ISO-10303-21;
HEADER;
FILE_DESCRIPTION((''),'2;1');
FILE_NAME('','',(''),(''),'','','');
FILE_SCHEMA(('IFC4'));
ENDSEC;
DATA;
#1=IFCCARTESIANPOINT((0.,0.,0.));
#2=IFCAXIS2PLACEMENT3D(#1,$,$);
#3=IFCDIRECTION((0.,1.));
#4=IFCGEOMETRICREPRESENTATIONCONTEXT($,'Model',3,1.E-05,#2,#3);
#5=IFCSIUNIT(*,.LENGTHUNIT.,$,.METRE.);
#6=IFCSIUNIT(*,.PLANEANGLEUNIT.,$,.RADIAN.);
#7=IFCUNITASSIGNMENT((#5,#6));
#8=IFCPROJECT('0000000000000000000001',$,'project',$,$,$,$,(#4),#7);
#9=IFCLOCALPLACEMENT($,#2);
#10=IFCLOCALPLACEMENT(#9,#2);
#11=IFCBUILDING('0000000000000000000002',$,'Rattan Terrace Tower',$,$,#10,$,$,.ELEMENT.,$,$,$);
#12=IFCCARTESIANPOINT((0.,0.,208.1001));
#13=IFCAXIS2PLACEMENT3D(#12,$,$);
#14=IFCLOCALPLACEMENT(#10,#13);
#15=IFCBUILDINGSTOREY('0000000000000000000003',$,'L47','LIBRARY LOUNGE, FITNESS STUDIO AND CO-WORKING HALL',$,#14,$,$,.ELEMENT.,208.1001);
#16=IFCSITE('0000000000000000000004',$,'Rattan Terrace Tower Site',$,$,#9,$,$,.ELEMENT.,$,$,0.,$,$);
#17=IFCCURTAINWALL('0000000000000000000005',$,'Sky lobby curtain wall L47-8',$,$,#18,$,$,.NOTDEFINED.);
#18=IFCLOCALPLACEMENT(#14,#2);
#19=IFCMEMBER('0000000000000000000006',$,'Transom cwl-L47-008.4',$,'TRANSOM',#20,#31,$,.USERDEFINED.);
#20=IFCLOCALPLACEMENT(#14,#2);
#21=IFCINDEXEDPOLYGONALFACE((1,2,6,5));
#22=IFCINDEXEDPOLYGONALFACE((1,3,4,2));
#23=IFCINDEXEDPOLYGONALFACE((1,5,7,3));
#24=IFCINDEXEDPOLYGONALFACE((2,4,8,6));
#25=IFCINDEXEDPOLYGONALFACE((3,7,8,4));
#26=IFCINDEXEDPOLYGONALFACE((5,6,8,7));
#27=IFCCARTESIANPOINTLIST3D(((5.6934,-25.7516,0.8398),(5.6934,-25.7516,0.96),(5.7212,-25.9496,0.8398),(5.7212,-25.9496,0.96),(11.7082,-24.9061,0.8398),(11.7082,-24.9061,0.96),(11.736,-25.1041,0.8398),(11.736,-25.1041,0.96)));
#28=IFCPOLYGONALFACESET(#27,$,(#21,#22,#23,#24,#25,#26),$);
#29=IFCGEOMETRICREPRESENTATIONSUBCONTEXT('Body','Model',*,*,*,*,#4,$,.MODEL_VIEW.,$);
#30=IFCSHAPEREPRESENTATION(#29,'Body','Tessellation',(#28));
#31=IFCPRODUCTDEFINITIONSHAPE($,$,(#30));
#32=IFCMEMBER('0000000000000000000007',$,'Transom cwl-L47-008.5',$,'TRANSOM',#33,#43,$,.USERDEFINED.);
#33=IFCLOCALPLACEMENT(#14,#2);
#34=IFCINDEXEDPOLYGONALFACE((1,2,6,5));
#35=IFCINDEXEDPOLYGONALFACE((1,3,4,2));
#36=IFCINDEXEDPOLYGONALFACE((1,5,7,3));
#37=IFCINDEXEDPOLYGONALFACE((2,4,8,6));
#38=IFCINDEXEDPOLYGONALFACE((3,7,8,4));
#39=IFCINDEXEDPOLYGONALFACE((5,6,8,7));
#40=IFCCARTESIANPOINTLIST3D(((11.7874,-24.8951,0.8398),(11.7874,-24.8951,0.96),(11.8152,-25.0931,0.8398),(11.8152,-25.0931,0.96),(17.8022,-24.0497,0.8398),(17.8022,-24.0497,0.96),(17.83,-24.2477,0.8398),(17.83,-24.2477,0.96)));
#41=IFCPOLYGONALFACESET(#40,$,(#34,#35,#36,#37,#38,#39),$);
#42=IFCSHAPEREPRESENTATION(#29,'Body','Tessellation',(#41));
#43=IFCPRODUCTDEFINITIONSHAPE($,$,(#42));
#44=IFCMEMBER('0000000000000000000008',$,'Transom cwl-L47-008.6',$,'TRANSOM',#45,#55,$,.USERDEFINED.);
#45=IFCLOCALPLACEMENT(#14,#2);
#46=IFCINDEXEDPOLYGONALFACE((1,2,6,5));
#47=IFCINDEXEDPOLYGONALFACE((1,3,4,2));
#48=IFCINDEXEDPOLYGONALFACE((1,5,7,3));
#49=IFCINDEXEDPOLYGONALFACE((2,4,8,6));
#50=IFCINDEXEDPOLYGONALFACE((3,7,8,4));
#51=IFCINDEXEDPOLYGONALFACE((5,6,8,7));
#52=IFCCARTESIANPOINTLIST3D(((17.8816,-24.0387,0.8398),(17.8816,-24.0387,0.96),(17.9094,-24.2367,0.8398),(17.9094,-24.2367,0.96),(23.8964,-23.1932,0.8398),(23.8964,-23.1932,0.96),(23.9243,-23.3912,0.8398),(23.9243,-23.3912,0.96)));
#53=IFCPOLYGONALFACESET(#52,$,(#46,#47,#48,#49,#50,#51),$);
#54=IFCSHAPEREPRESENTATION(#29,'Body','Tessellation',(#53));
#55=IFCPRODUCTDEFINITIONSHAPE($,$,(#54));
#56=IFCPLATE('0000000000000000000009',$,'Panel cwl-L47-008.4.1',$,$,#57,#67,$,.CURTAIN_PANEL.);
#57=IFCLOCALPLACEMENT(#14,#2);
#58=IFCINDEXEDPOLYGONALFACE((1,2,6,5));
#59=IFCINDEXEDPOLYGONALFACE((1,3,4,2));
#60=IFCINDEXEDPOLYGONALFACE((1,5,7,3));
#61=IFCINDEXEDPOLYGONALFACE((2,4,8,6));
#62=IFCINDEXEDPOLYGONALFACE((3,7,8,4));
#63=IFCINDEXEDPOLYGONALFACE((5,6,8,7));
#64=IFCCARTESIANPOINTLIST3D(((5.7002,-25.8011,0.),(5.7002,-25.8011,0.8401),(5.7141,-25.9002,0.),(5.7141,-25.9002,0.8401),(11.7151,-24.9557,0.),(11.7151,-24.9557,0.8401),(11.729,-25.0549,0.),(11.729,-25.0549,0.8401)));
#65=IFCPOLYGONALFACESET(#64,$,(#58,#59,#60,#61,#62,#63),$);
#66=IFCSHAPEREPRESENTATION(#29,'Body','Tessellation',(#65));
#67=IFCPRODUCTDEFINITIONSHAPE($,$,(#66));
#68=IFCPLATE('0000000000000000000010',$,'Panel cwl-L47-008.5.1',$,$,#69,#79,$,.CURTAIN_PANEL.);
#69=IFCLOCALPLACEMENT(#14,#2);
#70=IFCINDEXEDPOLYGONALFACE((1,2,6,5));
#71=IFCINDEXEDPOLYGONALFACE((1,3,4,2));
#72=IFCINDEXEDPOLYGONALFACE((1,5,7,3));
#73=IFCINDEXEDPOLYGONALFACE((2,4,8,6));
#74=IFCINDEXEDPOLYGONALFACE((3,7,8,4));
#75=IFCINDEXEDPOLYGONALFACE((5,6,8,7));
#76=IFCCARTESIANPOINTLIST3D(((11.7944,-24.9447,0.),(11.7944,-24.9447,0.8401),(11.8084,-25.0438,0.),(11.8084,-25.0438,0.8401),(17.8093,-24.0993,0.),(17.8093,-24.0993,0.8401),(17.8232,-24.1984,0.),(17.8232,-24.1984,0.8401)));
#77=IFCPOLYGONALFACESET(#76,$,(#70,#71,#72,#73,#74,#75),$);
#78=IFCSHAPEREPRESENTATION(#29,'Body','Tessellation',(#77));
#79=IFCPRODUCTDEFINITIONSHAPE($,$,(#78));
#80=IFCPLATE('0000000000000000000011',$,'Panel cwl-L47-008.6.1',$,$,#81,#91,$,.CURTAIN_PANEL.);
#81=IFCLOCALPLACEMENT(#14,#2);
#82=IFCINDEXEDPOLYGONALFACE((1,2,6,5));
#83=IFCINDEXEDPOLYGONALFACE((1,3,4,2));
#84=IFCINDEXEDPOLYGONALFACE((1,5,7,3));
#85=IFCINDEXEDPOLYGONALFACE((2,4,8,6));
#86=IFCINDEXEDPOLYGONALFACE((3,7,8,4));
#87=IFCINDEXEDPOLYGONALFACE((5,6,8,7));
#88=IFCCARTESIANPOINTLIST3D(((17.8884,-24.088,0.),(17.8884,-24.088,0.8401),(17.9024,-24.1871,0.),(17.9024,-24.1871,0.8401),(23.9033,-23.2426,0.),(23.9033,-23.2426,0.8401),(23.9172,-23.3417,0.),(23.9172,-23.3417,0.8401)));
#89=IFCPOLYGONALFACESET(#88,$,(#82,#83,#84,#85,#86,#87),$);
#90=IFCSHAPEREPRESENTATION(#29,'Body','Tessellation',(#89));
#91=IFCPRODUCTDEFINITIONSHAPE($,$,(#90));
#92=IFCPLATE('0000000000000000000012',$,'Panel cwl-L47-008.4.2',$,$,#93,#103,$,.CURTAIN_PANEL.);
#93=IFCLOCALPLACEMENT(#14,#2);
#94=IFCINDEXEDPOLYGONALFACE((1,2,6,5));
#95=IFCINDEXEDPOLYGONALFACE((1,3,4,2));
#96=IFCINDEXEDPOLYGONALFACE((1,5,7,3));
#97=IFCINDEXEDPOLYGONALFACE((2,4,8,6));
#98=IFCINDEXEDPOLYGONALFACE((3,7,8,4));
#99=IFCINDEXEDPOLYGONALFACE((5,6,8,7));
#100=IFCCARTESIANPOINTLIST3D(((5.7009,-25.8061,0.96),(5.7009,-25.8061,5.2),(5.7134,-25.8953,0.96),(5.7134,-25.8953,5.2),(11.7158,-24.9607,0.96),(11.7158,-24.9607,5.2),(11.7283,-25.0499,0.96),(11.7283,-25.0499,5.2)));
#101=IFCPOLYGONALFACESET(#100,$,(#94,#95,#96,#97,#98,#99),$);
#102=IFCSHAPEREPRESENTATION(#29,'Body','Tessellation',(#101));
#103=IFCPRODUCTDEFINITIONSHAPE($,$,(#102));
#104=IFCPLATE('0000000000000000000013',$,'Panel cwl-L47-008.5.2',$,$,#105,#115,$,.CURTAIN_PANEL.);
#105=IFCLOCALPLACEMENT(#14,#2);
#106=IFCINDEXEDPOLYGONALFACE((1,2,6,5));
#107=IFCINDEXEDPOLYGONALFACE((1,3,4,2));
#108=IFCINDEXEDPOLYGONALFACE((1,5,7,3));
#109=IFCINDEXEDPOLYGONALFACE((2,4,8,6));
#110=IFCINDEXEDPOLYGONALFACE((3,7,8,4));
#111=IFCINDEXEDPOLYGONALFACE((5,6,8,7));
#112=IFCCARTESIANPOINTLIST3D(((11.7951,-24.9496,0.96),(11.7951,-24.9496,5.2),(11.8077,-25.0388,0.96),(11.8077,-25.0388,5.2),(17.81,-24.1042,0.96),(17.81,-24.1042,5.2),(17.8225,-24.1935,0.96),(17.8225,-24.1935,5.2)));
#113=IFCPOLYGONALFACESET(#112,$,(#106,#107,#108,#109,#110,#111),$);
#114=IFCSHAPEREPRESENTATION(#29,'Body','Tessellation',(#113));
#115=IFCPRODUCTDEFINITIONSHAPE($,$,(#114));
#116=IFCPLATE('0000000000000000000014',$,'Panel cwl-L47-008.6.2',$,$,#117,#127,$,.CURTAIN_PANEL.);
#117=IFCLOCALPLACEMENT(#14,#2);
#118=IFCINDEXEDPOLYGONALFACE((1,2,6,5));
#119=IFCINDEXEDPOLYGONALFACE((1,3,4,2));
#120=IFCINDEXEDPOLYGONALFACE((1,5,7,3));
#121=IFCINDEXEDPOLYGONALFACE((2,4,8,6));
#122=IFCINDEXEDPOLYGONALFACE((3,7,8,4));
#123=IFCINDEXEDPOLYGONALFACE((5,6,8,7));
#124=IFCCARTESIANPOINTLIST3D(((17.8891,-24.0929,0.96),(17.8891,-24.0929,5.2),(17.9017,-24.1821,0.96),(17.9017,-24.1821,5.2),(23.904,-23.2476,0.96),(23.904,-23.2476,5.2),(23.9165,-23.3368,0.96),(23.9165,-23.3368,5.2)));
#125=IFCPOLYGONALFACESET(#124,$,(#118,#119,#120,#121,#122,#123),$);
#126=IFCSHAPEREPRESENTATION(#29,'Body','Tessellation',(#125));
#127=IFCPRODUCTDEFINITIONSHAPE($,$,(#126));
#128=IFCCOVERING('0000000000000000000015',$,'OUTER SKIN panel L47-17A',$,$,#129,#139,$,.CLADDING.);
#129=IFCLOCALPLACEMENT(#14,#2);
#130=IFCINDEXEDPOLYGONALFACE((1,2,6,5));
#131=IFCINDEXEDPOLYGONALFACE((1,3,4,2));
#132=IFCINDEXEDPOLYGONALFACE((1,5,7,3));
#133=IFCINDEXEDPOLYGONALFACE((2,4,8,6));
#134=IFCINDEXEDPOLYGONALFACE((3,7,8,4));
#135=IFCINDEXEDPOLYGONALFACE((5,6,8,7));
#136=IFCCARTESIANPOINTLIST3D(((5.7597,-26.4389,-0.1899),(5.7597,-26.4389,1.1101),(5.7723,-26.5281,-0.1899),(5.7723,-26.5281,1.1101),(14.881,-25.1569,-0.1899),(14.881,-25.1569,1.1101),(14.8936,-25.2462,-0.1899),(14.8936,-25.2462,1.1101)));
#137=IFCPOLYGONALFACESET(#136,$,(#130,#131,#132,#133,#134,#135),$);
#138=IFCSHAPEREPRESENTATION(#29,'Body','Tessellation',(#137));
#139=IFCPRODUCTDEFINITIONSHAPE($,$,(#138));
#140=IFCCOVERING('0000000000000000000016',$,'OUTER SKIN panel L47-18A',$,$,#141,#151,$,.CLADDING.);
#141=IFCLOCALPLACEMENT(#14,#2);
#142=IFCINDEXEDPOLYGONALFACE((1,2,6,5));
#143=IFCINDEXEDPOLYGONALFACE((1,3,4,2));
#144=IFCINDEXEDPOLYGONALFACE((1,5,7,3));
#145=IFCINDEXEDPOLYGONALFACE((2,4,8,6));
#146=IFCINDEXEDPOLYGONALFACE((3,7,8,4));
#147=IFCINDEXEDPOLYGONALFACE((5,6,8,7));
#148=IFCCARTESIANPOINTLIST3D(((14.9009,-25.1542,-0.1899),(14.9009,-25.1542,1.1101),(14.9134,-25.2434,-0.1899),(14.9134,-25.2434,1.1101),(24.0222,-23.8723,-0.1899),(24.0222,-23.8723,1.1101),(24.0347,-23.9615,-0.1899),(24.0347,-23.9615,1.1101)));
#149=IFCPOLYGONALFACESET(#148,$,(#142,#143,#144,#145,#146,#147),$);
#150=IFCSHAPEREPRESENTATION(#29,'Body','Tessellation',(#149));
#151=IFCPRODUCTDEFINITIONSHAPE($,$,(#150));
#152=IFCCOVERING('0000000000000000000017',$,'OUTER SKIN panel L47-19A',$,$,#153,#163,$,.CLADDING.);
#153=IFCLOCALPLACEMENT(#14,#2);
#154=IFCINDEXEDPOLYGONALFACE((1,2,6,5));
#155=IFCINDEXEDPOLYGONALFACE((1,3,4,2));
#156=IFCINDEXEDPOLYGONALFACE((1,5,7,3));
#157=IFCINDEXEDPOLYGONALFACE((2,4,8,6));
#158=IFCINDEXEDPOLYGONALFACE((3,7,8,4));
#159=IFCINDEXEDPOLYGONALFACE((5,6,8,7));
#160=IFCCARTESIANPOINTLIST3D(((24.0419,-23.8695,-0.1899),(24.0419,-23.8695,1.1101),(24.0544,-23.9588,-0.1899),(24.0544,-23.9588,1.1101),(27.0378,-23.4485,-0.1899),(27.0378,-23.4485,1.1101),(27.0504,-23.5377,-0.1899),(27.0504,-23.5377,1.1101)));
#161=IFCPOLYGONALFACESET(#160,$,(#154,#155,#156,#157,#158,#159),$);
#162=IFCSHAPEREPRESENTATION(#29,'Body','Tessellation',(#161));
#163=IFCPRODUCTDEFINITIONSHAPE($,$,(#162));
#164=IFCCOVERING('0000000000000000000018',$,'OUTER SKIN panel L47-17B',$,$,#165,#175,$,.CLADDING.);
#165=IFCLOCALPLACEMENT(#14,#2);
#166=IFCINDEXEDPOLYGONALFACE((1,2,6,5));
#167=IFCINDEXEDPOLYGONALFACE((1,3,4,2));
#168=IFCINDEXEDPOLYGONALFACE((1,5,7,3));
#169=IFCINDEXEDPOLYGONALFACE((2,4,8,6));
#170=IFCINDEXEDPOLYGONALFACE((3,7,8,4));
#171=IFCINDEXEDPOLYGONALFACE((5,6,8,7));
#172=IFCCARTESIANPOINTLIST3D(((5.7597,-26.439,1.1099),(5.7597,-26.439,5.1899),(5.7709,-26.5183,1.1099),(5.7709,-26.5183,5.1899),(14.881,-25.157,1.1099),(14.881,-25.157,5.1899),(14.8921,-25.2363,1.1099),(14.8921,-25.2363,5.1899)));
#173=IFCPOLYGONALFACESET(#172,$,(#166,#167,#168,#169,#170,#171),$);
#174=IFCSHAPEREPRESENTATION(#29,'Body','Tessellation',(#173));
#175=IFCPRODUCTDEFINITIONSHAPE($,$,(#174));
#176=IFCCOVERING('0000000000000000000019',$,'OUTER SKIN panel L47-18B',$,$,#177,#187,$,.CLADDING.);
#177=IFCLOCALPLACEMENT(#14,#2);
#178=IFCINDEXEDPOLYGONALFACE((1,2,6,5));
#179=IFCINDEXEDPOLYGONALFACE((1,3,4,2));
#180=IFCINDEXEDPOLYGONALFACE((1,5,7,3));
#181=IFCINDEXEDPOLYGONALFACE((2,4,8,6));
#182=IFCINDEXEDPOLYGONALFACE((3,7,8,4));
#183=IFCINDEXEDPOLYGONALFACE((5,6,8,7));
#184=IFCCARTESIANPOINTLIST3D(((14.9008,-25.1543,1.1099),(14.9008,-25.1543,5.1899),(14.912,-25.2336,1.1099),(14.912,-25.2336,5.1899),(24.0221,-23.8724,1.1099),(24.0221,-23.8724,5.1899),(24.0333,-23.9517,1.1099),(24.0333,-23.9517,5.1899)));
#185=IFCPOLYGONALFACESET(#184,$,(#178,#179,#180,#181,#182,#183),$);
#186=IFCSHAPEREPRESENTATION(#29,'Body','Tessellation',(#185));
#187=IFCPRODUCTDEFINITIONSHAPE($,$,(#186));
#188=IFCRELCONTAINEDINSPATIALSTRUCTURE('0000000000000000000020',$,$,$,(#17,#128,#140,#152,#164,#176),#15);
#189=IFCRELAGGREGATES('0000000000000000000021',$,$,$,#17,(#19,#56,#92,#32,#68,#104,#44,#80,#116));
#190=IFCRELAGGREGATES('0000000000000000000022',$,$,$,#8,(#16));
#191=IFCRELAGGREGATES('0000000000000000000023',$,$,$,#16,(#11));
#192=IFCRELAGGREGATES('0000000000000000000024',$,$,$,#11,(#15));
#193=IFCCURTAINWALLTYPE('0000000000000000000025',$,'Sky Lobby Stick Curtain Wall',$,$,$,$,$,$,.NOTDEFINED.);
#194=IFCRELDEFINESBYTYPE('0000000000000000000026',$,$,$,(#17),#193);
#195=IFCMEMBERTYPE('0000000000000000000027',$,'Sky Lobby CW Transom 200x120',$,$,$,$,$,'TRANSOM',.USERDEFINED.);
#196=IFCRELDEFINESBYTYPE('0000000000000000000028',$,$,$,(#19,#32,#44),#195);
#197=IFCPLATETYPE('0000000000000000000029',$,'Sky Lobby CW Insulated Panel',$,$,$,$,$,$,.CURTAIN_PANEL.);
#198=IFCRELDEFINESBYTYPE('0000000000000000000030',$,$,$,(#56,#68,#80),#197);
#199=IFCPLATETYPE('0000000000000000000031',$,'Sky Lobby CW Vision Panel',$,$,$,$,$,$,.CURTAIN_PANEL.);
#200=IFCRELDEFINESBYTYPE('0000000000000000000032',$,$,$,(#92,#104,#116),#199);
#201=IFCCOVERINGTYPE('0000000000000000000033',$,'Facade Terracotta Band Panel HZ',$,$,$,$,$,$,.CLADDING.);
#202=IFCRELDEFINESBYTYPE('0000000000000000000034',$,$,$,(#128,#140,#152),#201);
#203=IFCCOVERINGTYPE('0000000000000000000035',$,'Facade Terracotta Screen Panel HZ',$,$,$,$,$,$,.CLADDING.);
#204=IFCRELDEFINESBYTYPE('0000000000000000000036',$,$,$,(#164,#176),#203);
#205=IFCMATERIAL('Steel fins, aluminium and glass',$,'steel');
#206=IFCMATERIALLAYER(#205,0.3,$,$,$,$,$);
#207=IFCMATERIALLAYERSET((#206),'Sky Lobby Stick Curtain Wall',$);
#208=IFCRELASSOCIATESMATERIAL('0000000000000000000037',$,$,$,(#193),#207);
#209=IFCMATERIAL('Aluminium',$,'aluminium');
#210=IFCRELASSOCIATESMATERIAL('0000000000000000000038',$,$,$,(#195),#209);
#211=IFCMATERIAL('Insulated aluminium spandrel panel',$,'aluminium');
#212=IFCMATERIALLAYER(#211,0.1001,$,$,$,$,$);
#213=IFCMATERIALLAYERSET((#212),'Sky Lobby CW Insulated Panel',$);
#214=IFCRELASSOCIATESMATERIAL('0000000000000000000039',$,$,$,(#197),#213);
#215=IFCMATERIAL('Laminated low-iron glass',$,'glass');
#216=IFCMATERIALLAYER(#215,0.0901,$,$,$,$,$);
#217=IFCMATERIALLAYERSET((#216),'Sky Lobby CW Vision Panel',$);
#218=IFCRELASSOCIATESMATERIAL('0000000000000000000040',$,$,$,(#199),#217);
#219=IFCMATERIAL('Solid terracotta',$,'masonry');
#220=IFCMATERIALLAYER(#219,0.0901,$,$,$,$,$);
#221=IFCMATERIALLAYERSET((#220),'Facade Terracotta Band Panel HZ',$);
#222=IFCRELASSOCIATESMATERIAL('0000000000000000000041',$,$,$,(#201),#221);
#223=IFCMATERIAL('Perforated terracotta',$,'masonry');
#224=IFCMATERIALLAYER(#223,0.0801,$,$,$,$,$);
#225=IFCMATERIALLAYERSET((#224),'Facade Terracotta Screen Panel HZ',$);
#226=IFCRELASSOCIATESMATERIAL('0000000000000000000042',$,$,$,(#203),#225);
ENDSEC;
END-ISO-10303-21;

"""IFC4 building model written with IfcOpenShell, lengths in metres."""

from ifc_helpers import new_model, si_unit, direction, frame, origin, origin_2d, place, context, subcontext, project, spatial, rectangle, extrude, material, layer, layer_set, material_profile, profile_set, type_object, element, aggregate, save


model = new_model("IFC4")

# Units and contexts
model_context = context("Model", 3, precision=1e-05, world=origin(), true_north=direction((0.0, 1.0)))
body_context = subcontext(model_context, "Body", "Model", "MODEL_VIEW")
ifc_project = project(units=[si_unit("LENGTHUNIT", "METRE"), si_unit("PLANEANGLEUNIT", "RADIAN")], contexts=[model_context])

# Site, building, storey
site_placement = place(None, origin())
site = spatial("IfcSite", under=ifc_project, at=site_placement, Name="Rattan Terrace Tower Site", CompositionType="ELEMENT", RefElevation=0.0)
building_placement = place(site_placement, origin())
building = spatial("IfcBuilding", under=site, at=building_placement, Name="Rattan Terrace Tower", CompositionType="ELEMENT")
storey_placement = place(building_placement, frame((0.0, 0.0, 208.1001)))
storey = spatial("IfcBuildingStorey", under=building, at=storey_placement, Name="L47", Description="LIBRARY LOUNGE, FITNESS STUDIO AND CO-WORKING HALL", CompositionType="ELEMENT", Elevation=208.1001)

# Curtain wall, members, plates
ifc_material_1 = material(Name="Steel fins, aluminium and glass", Category="steel")
ifc_layer_1 = layer(ifc_material_1, 0.3)
ifc_layer_set_1 = layer_set([ifc_layer_1], Name="Sky Lobby Stick Curtain Wall")
curtain_wall_type = type_object("IfcCurtainWallType", Name="Sky Lobby Stick Curtain Wall", PredefinedType="NOTDEFINED", material=ifc_layer_set_1)
curtain_wall_placement = place(storey_placement, origin())
curtain_wall = element("IfcCurtainWall", 1, at=curtain_wall_placement, inside=storey, type_object=curtain_wall_type, Name="Sky lobby curtain wall L47-8", PredefinedType="NOTDEFINED")
ifc_material_2 = material(Name="Aluminium", Category="aluminium")
ifc_material_profile_1 = material_profile(ifc_material_2, rectangle(XDim=0.2, YDim=0.1201, at=origin_2d()), Name="Aluminium 200x120")
ifc_profile_set_1 = profile_set([ifc_material_profile_1], Name="Aluminium")
member_type_1 = type_object("IfcMemberType", Name="Sky Lobby CW Transom 200x120", ElementType="TRANSOM", PredefinedType="USERDEFINED", material=ifc_profile_set_1)
member_1_placement = place(storey_placement, frame((5.7073, -25.8506, 0.8999), z_axis=(0.990265, 0.139193, 0.0), x_axis=(-0.139193, 0.990265, 0.0)))
member_1 = element("IfcMember", 2, at=member_1_placement, type_object=member_type_1, Name="Transom cwl-L47-008.4", ObjectType="TRANSOM", PredefinedType="USERDEFINED", context=body_context, shape_type="SweptSolid", body=[
    extrude(rectangle(XDim=0.2, YDim=0.1201, at=origin_2d()), origin(), (0.0, 0.0, 1.0), 6.074),
])
member_2_placement = place(storey_placement, frame((11.8013, -24.9941, 0.8999), z_axis=(0.990265, 0.139193, 0.0), x_axis=(-0.139193, 0.990265, 0.0)))
member_2 = element("IfcMember", 3, at=member_2_placement, type_object=member_type_1, Name="Transom cwl-L47-008.5", ObjectType="TRANSOM", PredefinedType="USERDEFINED", context=body_context, shape_type="SweptSolid", body=[
    extrude(rectangle(XDim=0.2, YDim=0.1201, at=origin_2d()), origin(), (0.0, 0.0, 1.0), 6.074),
])
member_3_placement = place(storey_placement, frame((17.8955, -24.1377, 0.8999), z_axis=(0.990265, 0.139193, 0.0), x_axis=(-0.139193, 0.990265, 0.0)))
member_3 = element("IfcMember", 4, at=member_3_placement, type_object=member_type_1, Name="Transom cwl-L47-008.6", ObjectType="TRANSOM", PredefinedType="USERDEFINED", context=body_context, shape_type="SweptSolid", body=[
    extrude(rectangle(XDim=0.2, YDim=0.1201, at=origin_2d()), origin(), (0.0, 0.0, 1.0), 6.074),
])
ifc_material_3 = material(Name="Insulated aluminium spandrel panel", Category="aluminium")
ifc_layer_2 = layer(ifc_material_3, 0.1001)
ifc_layer_set_2 = layer_set([ifc_layer_2], Name="Sky Lobby CW Insulated Panel")
plate_type_1 = type_object("IfcPlateType", Name="Sky Lobby CW Insulated Panel", PredefinedType="CURTAIN_PANEL", material=ifc_layer_set_2)
plate_1_placement = place(storey_placement, frame((8.7146, -25.428, 0.0), z_axis=(0.0, 0.0, 1.0), x_axis=(0.990267, 0.139177, 0.0)))
plate_1 = element("IfcPlate", 5, at=plate_1_placement, type_object=plate_type_1, Name="Panel cwl-L47-008.4.1", PredefinedType="CURTAIN_PANEL", context=body_context, shape_type="SweptSolid", body=[
    extrude(rectangle(XDim=6.074, YDim=0.1001, at=origin_2d()), origin(), (0.0, 0.0, 1.0), 0.8401),
])
plate_2_placement = place(storey_placement, frame((14.8088, -24.5715, 0.0), z_axis=(0.0, 0.0, 1.0), x_axis=(0.990267, 0.139177, 0.0)))
plate_2 = element("IfcPlate", 6, at=plate_2_placement, type_object=plate_type_1, Name="Panel cwl-L47-008.5.1", PredefinedType="CURTAIN_PANEL", context=body_context, shape_type="SweptSolid", body=[
    extrude(rectangle(XDim=6.074, YDim=0.1001, at=origin_2d()), origin(), (0.0, 0.0, 1.0), 0.8401),
])
plate_3_placement = place(storey_placement, frame((20.9028, -23.7148, 0.0), z_axis=(0.0, 0.0, 1.0), x_axis=(0.990267, 0.139177, 0.0)))
plate_3 = element("IfcPlate", 7, at=plate_3_placement, type_object=plate_type_1, Name="Panel cwl-L47-008.6.1", PredefinedType="CURTAIN_PANEL", context=body_context, shape_type="SweptSolid", body=[
    extrude(rectangle(XDim=6.074, YDim=0.1001, at=origin_2d()), origin(), (0.0, 0.0, 1.0), 0.8401),
])
ifc_material_4 = material(Name="Laminated low-iron glass", Category="glass")
ifc_layer_3 = layer(ifc_material_4, 0.0901)
ifc_layer_set_3 = layer_set([ifc_layer_3], Name="Sky Lobby CW Vision Panel")
plate_type_2 = type_object("IfcPlateType", Name="Sky Lobby CW Vision Panel", PredefinedType="CURTAIN_PANEL", material=ifc_layer_set_3)
plate_4_placement = place(storey_placement, frame((8.7146, -25.428, 0.96), z_axis=(0.0, 0.0, 1.0), x_axis=(0.990267, 0.139177, 0.0)))
plate_4 = element("IfcPlate", 8, at=plate_4_placement, type_object=plate_type_2, Name="Panel cwl-L47-008.4.2", PredefinedType="CURTAIN_PANEL", context=body_context, shape_type="SweptSolid", body=[
    extrude(rectangle(XDim=6.074, YDim=0.0901, at=origin_2d()), origin(), (0.0, 0.0, 1.0), 4.24),
])
plate_5_placement = place(storey_placement, frame((14.8088, -24.5715, 0.96), z_axis=(0.0, 0.0, 1.0), x_axis=(0.990267, 0.139177, 0.0)))
plate_5 = element("IfcPlate", 9, at=plate_5_placement, type_object=plate_type_2, Name="Panel cwl-L47-008.5.2", PredefinedType="CURTAIN_PANEL", context=body_context, shape_type="SweptSolid", body=[
    extrude(rectangle(XDim=6.074, YDim=0.0901, at=origin_2d()), origin(), (0.0, 0.0, 1.0), 4.24),
])
plate_6_placement = place(storey_placement, frame((20.9028, -23.7148, 0.96), z_axis=(0.0, 0.0, 1.0), x_axis=(0.990267, 0.139177, 0.0)))
plate_6 = element("IfcPlate", 10, at=plate_6_placement, type_object=plate_type_2, Name="Panel cwl-L47-008.6.2", PredefinedType="CURTAIN_PANEL", context=body_context, shape_type="SweptSolid", body=[
    extrude(rectangle(XDim=6.074, YDim=0.0901, at=origin_2d()), origin(), (0.0, 0.0, 1.0), 4.24),
])
aggregate(curtain_wall, [member_1, plate_1, plate_4, member_2, plate_2, plate_5, member_3, plate_3, plate_6])

# Coverings
ifc_material_5 = material(Name="Solid terracotta", Category="masonry")
ifc_layer_4 = layer(ifc_material_5, 0.0901)
ifc_layer_set_4 = layer_set([ifc_layer_4], Name="Facade Terracotta Band Panel HZ")
covering_type_1 = type_object("IfcCoveringType", Name="Facade Terracotta Band Panel HZ", PredefinedType="CLADDING", material=ifc_layer_set_4)
for number, where, z_axis, x_axis, name in (
    (11, (10.3267, -25.8425, -0.1899), (0.0, 0.0, 1.0), (0.990267, 0.139177, 0.0), "OUTER SKIN panel L47-17A"),
    (12, (19.4678, -24.5579, -0.1899), (0.0, 0.0, 1.0), (0.990267, 0.139177, 0.0), "OUTER SKIN panel L47-18A"),
):
    element("IfcCovering", number, at=place(storey_placement, frame(where, z_axis=z_axis, x_axis=x_axis)), inside=storey, type_object=covering_type_1, Name=name, PredefinedType="CLADDING", context=body_context, shape_type="SweptSolid", body=[
        extrude(rectangle(XDim=9.2109, YDim=0.0901, at=origin_2d()), origin(), (0.0, 0.0, 1.0), 1.3),
    ])
covering_1_placement = place(storey_placement, frame((25.5461, -23.7036, -0.1899), z_axis=(0.0, 0.0, 1.0), x_axis=(0.990267, 0.139177, 0.0)))
element("IfcCovering", 13, at=covering_1_placement, inside=storey, type_object=covering_type_1, Name="OUTER SKIN panel L47-19A", PredefinedType="CLADDING", context=body_context, shape_type="SweptSolid", body=[
    extrude(rectangle(XDim=3.0254, YDim=0.0901, at=origin_2d()), origin(), (0.0, 0.0, 1.0), 1.3),
])
ifc_material_6 = material(Name="Perforated terracotta", Category="masonry")
ifc_layer_5 = layer(ifc_material_6, 0.0801)
ifc_layer_set_5 = layer_set([ifc_layer_5], Name="Facade Terracotta Screen Panel HZ")
covering_type_2 = type_object("IfcCoveringType", Name="Facade Terracotta Screen Panel HZ", PredefinedType="CLADDING", material=ifc_layer_set_5)
for number, where, z_axis, x_axis, name in (
    (14, (10.3259, -25.8376, 1.1099), (0.0, 0.0, 1.0), (0.990267, 0.139177, 0.0), "OUTER SKIN panel L47-17B"),
    (15, (19.467, -24.553, 1.1099), (0.0, 0.0, 1.0), (0.990267, 0.139177, 0.0), "OUTER SKIN panel L47-18B"),
):
    element("IfcCovering", number, at=place(storey_placement, frame(where, z_axis=z_axis, x_axis=x_axis)), inside=storey, type_object=covering_type_2, Name=name, PredefinedType="CLADDING", context=body_context, shape_type="SweptSolid", body=[
        extrude(rectangle(XDim=9.2109, YDim=0.0801, at=origin_2d()), origin(), (0.0, 0.0, 1.0), 4.0801),
    ])

save(model, "model.ifc")
